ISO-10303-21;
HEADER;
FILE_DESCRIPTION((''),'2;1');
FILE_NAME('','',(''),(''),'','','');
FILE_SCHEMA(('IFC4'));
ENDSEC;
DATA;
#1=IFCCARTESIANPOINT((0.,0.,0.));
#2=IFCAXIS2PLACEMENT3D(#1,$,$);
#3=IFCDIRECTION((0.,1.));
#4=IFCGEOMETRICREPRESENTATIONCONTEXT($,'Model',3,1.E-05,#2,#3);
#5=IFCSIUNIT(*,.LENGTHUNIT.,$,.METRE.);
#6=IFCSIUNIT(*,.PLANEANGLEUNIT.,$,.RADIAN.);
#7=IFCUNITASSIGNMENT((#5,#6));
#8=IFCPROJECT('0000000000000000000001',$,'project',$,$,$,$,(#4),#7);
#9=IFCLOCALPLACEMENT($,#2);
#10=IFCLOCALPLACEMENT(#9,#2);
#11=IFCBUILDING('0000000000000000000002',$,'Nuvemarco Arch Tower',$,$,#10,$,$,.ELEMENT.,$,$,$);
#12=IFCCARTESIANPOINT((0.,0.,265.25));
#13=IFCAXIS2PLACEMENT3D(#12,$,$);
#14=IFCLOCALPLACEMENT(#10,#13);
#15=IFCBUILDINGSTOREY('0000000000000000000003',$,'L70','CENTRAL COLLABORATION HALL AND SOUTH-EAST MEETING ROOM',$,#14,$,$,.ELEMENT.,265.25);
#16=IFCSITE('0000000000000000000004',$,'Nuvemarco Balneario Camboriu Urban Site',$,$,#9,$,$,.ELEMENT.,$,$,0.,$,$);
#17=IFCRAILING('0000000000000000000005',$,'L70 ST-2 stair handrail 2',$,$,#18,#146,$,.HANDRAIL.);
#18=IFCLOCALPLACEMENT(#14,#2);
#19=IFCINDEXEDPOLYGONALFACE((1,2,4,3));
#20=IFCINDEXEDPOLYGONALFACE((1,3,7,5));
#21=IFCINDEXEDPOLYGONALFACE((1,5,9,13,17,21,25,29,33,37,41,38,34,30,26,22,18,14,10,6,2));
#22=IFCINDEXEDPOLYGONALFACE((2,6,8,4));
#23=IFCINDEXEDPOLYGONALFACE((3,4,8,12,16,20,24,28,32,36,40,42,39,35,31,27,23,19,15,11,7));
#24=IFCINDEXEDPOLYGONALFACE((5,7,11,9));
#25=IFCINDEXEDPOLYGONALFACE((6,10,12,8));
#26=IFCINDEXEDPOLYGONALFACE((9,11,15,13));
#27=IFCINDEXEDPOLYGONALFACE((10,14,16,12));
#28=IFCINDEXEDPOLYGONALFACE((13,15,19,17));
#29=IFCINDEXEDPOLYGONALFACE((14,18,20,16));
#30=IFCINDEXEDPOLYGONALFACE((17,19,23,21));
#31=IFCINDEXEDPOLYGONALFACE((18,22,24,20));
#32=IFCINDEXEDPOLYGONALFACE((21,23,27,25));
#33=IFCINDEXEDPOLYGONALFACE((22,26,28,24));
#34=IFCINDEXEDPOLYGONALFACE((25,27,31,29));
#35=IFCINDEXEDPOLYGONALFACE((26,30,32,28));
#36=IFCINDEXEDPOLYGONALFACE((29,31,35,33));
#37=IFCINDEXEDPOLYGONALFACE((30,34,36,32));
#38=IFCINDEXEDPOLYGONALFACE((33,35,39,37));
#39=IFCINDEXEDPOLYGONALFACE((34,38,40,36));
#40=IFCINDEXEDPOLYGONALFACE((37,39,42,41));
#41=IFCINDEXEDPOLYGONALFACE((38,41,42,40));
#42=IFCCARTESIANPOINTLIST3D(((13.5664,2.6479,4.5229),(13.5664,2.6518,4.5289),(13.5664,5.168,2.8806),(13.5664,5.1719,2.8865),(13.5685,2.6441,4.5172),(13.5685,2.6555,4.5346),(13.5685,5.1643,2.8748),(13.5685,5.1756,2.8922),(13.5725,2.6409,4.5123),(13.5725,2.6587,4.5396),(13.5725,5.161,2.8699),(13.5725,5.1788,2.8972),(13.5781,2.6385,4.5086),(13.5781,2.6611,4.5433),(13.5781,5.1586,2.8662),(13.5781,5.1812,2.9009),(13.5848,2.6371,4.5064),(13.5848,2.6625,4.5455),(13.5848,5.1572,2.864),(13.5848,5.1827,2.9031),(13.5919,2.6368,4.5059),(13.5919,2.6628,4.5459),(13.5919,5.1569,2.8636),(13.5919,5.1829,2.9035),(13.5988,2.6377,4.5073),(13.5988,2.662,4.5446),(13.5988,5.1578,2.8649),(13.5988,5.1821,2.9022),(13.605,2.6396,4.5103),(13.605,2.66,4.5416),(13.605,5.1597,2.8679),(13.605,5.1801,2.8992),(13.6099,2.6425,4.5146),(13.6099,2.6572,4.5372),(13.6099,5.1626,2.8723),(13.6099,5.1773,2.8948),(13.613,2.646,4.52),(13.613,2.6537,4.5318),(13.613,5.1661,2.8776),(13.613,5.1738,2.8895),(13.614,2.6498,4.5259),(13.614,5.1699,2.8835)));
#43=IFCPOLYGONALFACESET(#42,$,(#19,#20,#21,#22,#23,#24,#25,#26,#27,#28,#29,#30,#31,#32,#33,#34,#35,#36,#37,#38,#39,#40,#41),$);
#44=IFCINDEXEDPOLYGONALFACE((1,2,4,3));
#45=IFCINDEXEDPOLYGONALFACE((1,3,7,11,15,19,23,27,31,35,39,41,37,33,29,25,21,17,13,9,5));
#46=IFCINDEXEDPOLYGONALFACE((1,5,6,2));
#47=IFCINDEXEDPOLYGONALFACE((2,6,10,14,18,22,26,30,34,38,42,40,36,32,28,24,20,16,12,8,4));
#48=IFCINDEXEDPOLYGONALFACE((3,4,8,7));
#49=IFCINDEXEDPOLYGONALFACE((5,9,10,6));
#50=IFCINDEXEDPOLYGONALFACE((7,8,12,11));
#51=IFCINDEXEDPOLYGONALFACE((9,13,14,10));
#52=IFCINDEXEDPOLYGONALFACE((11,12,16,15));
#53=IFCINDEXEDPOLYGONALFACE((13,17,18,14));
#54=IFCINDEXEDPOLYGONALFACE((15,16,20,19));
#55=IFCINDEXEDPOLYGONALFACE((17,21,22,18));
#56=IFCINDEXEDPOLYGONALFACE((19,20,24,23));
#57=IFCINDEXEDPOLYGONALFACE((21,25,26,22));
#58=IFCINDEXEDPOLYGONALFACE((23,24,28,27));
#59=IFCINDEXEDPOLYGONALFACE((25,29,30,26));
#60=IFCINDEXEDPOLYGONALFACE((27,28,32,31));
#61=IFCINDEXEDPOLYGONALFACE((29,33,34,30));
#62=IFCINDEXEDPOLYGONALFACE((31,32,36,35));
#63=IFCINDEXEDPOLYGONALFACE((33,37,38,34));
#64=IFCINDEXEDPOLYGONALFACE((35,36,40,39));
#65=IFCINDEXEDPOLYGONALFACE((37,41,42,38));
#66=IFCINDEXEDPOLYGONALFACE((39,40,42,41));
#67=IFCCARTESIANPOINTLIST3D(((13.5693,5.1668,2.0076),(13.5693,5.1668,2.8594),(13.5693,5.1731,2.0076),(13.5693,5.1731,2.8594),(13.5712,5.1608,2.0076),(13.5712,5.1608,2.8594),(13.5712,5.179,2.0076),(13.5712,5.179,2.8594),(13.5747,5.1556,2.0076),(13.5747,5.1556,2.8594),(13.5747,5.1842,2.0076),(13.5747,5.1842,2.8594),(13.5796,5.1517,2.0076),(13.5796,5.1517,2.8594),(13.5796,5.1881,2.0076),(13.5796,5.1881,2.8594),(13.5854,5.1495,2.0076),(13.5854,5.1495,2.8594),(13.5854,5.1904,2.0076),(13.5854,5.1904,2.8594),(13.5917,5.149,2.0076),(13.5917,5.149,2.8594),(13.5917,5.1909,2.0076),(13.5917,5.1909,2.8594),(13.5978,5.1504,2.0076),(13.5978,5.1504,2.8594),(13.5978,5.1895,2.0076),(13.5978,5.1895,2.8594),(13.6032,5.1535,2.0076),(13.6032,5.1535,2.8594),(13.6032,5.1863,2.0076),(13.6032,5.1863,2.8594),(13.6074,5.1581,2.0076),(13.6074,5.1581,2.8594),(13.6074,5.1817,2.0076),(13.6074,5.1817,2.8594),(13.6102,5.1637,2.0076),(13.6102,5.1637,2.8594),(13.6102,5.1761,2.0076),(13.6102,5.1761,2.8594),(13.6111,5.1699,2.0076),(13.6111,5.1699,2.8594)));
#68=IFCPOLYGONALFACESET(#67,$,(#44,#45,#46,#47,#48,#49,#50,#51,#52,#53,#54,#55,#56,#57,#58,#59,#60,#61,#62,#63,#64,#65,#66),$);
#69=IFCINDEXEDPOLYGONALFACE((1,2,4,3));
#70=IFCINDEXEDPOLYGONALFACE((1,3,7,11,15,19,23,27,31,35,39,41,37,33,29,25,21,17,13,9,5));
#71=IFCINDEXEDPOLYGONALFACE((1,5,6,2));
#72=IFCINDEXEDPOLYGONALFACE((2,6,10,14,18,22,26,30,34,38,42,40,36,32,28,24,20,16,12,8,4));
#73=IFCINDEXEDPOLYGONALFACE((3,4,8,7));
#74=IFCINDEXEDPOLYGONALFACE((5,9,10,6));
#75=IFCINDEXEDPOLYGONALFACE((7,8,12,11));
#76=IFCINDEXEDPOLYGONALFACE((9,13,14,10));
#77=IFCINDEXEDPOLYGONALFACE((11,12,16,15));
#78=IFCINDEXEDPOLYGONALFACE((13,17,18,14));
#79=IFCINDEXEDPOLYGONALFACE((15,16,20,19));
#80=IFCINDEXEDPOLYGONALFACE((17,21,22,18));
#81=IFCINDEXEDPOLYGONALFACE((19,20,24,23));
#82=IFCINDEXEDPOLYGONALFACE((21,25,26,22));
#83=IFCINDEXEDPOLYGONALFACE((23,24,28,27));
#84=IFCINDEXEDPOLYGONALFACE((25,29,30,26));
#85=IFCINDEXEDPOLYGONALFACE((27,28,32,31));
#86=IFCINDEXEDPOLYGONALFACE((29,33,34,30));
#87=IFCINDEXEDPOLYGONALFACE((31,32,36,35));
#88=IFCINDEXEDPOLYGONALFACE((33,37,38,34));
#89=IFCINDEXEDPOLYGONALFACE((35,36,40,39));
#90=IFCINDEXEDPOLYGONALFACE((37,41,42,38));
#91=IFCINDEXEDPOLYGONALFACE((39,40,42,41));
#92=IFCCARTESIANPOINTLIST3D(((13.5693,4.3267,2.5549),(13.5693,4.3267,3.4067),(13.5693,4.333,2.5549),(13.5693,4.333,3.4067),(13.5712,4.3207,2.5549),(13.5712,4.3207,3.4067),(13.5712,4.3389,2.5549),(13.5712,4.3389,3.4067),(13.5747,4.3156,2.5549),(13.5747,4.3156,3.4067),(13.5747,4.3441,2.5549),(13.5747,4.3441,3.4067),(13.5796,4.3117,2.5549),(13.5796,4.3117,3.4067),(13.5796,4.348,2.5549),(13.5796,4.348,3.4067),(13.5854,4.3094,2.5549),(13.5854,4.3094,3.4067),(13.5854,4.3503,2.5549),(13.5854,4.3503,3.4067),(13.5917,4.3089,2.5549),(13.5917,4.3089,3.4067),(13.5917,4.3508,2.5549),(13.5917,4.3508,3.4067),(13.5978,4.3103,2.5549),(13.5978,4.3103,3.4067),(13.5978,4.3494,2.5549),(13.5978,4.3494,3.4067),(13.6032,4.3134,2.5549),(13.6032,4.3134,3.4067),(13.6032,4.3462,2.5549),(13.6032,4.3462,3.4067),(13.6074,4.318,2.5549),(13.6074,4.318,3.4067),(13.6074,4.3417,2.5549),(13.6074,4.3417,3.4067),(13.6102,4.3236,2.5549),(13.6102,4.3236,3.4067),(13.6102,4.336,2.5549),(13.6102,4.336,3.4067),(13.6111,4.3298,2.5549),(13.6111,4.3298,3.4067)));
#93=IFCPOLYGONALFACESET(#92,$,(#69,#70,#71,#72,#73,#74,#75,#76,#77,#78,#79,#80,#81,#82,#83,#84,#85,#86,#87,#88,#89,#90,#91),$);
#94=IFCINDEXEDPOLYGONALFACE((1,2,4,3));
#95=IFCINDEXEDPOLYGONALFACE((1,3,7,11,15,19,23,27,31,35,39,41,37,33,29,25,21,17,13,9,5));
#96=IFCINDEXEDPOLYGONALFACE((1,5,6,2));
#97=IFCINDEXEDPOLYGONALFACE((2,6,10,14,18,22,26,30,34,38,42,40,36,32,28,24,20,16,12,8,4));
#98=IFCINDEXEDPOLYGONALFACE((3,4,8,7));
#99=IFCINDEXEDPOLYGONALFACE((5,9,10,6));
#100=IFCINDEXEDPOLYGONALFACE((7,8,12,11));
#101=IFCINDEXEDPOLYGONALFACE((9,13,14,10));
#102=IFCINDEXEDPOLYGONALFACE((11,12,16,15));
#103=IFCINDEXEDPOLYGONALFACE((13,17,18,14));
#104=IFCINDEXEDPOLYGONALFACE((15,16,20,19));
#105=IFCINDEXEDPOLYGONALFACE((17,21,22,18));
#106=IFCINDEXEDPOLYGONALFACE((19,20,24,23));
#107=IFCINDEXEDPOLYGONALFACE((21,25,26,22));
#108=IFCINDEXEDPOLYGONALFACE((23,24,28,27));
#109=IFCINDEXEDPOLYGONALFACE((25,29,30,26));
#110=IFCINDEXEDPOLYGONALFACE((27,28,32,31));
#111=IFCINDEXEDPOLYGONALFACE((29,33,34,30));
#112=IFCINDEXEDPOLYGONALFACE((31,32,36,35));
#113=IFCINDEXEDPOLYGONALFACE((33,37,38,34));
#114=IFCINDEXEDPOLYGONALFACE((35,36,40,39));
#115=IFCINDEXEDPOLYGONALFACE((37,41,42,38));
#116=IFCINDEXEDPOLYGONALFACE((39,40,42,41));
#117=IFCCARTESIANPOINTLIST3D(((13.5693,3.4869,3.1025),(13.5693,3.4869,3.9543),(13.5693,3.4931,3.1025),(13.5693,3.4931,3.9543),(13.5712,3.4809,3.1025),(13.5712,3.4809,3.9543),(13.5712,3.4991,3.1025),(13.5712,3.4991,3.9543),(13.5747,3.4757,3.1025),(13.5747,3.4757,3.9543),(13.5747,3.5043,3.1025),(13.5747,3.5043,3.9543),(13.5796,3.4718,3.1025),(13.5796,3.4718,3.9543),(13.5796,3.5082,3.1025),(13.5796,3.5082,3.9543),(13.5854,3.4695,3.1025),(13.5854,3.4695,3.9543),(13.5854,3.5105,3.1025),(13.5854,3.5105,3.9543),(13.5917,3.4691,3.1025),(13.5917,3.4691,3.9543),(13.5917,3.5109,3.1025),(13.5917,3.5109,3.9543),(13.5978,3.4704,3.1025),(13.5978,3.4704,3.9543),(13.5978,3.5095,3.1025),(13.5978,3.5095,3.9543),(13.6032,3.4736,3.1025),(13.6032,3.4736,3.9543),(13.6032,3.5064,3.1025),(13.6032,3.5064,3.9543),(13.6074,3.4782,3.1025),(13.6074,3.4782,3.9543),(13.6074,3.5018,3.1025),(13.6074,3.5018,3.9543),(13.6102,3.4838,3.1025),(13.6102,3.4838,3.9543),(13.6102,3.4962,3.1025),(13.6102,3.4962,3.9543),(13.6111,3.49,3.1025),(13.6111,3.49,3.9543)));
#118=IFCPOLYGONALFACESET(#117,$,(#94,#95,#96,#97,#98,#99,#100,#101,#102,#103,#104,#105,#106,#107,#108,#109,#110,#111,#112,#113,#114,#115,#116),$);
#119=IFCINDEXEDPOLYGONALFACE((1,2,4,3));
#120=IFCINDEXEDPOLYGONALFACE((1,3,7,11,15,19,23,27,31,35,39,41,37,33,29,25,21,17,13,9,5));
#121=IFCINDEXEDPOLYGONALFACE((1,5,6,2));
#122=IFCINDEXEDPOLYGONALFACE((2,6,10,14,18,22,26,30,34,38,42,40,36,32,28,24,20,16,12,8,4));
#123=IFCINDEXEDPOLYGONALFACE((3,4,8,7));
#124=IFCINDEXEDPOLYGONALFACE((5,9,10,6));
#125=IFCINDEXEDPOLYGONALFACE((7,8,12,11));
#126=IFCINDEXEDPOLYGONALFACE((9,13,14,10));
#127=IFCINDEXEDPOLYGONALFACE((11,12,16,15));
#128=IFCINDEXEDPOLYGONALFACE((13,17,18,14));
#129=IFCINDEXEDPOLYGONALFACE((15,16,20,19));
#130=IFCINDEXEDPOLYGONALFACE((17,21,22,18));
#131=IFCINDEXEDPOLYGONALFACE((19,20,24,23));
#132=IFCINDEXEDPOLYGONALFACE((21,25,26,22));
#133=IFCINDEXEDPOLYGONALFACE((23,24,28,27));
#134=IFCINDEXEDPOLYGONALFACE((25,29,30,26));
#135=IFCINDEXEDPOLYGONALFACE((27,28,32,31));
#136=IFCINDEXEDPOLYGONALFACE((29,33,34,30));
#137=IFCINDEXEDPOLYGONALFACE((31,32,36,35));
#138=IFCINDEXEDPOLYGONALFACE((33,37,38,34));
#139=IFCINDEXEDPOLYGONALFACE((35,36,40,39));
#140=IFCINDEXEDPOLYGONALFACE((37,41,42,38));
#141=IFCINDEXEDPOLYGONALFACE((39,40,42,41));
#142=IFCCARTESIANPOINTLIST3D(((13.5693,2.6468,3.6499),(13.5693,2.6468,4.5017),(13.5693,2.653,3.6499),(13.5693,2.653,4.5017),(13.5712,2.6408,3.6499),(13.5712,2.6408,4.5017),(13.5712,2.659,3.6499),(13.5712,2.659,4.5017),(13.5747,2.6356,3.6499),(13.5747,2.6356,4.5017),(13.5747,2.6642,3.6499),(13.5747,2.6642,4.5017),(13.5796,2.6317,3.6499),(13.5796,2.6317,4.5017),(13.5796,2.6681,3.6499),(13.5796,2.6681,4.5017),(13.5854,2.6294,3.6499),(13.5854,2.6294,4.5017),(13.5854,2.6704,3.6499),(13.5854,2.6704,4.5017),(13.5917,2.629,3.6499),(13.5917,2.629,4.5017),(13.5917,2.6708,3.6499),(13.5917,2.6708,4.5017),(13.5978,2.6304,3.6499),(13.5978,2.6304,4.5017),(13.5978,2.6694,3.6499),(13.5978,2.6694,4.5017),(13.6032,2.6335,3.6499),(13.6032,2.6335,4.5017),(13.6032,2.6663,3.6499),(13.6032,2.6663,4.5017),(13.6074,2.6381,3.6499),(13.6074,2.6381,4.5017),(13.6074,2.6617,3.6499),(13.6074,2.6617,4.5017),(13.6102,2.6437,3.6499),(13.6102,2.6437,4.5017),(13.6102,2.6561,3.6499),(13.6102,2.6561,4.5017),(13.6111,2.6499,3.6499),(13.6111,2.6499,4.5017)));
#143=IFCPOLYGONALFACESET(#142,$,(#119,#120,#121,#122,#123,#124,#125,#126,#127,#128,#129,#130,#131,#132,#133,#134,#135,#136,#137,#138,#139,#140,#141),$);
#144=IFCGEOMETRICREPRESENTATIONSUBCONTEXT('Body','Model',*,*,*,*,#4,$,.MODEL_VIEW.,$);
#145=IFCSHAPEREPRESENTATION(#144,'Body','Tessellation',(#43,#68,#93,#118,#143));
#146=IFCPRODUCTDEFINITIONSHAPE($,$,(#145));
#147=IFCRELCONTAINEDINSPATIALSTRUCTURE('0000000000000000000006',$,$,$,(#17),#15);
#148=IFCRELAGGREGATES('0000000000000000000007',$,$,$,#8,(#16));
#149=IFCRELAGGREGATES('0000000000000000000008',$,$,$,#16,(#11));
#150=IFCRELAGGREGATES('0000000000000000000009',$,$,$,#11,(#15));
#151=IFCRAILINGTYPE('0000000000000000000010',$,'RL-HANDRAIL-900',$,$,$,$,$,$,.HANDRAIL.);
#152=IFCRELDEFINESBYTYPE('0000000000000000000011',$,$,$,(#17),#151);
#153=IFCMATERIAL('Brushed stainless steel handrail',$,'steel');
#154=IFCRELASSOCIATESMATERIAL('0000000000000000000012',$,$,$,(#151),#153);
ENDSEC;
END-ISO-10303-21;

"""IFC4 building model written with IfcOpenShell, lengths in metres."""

from ifc_helpers import new_model, si_unit, direction, frame, origin, origin_2d, place, context, subcontext, project, spatial, circle, extrude, material, type_object, element, save


model = new_model("IFC4")

# Units and contexts
model_context = context("Model", 3, precision=1e-05, world=origin(), true_north=direction((0.0, 1.0)))
body_context = subcontext(model_context, "Body", "Model", "MODEL_VIEW")
ifc_project = project(units=[si_unit("LENGTHUNIT", "METRE"), si_unit("PLANEANGLEUNIT", "RADIAN")], contexts=[model_context])

# Site, building, storey
site_placement = place(None, origin())
site = spatial("IfcSite", under=ifc_project, at=site_placement, Name="Nuvemarco Balneario Camboriu Urban Site", CompositionType="ELEMENT", RefElevation=0.0)
building_placement = place(site_placement, origin())
building = spatial("IfcBuilding", under=site, at=building_placement, Name="Nuvemarco Arch Tower", CompositionType="ELEMENT")
storey_placement = place(building_placement, frame((0.0, 0.0, 265.25)))
storey = spatial("IfcBuildingStorey", under=building, at=storey_placement, Name="L70", Description="CENTRAL COLLABORATION HALL AND SOUTH-EAST MEETING ROOM", CompositionType="ELEMENT", Elevation=265.25)

# Railing
ifc_material_1 = material(Name="Brushed stainless steel handrail", Category="steel")
railing_type_1 = type_object("IfcRailingType", Name="RL-HANDRAIL-900", PredefinedType="HANDRAIL", material=ifc_material_1)
railing_1_placement = place(storey_placement, frame((13.5901, 5.1699, 2.0076)))
element("IfcRailing", 1, at=railing_1_placement, inside=storey, type_object=railing_type_1, Name="L70 ST-2 stair handrail 2", PredefinedType="HANDRAIL", context=body_context, shape_type="SweptSolid", body=[
    extrude(circle(Radius=0.0239, at=origin_2d()), frame((0.0, 0.0, 0.876), z_axis=(0.0, -0.837787, 0.545998), x_axis=(1.0, 0.0, 0.0)), (0.0, 0.0, 1.0), 3.0081),
    extrude(circle(Radius=0.021, at=origin_2d()), origin(), (0.0, 0.0, 1.0), 0.8518),
    extrude(circle(Radius=0.021, at=origin_2d()), frame((0.0, -0.8401, 0.5474)), (0.0, 0.0, 1.0), 0.8518),
    extrude(circle(Radius=0.021, at=origin_2d()), frame((0.0, -1.6799, 1.095)), (0.0, 0.0, 1.0), 0.8518),
    extrude(circle(Radius=0.021, at=origin_2d()), frame((0.0, -2.52, 1.6423)), (0.0, 0.0, 1.0), 0.8518),
])

save(model, "model.ifc")
